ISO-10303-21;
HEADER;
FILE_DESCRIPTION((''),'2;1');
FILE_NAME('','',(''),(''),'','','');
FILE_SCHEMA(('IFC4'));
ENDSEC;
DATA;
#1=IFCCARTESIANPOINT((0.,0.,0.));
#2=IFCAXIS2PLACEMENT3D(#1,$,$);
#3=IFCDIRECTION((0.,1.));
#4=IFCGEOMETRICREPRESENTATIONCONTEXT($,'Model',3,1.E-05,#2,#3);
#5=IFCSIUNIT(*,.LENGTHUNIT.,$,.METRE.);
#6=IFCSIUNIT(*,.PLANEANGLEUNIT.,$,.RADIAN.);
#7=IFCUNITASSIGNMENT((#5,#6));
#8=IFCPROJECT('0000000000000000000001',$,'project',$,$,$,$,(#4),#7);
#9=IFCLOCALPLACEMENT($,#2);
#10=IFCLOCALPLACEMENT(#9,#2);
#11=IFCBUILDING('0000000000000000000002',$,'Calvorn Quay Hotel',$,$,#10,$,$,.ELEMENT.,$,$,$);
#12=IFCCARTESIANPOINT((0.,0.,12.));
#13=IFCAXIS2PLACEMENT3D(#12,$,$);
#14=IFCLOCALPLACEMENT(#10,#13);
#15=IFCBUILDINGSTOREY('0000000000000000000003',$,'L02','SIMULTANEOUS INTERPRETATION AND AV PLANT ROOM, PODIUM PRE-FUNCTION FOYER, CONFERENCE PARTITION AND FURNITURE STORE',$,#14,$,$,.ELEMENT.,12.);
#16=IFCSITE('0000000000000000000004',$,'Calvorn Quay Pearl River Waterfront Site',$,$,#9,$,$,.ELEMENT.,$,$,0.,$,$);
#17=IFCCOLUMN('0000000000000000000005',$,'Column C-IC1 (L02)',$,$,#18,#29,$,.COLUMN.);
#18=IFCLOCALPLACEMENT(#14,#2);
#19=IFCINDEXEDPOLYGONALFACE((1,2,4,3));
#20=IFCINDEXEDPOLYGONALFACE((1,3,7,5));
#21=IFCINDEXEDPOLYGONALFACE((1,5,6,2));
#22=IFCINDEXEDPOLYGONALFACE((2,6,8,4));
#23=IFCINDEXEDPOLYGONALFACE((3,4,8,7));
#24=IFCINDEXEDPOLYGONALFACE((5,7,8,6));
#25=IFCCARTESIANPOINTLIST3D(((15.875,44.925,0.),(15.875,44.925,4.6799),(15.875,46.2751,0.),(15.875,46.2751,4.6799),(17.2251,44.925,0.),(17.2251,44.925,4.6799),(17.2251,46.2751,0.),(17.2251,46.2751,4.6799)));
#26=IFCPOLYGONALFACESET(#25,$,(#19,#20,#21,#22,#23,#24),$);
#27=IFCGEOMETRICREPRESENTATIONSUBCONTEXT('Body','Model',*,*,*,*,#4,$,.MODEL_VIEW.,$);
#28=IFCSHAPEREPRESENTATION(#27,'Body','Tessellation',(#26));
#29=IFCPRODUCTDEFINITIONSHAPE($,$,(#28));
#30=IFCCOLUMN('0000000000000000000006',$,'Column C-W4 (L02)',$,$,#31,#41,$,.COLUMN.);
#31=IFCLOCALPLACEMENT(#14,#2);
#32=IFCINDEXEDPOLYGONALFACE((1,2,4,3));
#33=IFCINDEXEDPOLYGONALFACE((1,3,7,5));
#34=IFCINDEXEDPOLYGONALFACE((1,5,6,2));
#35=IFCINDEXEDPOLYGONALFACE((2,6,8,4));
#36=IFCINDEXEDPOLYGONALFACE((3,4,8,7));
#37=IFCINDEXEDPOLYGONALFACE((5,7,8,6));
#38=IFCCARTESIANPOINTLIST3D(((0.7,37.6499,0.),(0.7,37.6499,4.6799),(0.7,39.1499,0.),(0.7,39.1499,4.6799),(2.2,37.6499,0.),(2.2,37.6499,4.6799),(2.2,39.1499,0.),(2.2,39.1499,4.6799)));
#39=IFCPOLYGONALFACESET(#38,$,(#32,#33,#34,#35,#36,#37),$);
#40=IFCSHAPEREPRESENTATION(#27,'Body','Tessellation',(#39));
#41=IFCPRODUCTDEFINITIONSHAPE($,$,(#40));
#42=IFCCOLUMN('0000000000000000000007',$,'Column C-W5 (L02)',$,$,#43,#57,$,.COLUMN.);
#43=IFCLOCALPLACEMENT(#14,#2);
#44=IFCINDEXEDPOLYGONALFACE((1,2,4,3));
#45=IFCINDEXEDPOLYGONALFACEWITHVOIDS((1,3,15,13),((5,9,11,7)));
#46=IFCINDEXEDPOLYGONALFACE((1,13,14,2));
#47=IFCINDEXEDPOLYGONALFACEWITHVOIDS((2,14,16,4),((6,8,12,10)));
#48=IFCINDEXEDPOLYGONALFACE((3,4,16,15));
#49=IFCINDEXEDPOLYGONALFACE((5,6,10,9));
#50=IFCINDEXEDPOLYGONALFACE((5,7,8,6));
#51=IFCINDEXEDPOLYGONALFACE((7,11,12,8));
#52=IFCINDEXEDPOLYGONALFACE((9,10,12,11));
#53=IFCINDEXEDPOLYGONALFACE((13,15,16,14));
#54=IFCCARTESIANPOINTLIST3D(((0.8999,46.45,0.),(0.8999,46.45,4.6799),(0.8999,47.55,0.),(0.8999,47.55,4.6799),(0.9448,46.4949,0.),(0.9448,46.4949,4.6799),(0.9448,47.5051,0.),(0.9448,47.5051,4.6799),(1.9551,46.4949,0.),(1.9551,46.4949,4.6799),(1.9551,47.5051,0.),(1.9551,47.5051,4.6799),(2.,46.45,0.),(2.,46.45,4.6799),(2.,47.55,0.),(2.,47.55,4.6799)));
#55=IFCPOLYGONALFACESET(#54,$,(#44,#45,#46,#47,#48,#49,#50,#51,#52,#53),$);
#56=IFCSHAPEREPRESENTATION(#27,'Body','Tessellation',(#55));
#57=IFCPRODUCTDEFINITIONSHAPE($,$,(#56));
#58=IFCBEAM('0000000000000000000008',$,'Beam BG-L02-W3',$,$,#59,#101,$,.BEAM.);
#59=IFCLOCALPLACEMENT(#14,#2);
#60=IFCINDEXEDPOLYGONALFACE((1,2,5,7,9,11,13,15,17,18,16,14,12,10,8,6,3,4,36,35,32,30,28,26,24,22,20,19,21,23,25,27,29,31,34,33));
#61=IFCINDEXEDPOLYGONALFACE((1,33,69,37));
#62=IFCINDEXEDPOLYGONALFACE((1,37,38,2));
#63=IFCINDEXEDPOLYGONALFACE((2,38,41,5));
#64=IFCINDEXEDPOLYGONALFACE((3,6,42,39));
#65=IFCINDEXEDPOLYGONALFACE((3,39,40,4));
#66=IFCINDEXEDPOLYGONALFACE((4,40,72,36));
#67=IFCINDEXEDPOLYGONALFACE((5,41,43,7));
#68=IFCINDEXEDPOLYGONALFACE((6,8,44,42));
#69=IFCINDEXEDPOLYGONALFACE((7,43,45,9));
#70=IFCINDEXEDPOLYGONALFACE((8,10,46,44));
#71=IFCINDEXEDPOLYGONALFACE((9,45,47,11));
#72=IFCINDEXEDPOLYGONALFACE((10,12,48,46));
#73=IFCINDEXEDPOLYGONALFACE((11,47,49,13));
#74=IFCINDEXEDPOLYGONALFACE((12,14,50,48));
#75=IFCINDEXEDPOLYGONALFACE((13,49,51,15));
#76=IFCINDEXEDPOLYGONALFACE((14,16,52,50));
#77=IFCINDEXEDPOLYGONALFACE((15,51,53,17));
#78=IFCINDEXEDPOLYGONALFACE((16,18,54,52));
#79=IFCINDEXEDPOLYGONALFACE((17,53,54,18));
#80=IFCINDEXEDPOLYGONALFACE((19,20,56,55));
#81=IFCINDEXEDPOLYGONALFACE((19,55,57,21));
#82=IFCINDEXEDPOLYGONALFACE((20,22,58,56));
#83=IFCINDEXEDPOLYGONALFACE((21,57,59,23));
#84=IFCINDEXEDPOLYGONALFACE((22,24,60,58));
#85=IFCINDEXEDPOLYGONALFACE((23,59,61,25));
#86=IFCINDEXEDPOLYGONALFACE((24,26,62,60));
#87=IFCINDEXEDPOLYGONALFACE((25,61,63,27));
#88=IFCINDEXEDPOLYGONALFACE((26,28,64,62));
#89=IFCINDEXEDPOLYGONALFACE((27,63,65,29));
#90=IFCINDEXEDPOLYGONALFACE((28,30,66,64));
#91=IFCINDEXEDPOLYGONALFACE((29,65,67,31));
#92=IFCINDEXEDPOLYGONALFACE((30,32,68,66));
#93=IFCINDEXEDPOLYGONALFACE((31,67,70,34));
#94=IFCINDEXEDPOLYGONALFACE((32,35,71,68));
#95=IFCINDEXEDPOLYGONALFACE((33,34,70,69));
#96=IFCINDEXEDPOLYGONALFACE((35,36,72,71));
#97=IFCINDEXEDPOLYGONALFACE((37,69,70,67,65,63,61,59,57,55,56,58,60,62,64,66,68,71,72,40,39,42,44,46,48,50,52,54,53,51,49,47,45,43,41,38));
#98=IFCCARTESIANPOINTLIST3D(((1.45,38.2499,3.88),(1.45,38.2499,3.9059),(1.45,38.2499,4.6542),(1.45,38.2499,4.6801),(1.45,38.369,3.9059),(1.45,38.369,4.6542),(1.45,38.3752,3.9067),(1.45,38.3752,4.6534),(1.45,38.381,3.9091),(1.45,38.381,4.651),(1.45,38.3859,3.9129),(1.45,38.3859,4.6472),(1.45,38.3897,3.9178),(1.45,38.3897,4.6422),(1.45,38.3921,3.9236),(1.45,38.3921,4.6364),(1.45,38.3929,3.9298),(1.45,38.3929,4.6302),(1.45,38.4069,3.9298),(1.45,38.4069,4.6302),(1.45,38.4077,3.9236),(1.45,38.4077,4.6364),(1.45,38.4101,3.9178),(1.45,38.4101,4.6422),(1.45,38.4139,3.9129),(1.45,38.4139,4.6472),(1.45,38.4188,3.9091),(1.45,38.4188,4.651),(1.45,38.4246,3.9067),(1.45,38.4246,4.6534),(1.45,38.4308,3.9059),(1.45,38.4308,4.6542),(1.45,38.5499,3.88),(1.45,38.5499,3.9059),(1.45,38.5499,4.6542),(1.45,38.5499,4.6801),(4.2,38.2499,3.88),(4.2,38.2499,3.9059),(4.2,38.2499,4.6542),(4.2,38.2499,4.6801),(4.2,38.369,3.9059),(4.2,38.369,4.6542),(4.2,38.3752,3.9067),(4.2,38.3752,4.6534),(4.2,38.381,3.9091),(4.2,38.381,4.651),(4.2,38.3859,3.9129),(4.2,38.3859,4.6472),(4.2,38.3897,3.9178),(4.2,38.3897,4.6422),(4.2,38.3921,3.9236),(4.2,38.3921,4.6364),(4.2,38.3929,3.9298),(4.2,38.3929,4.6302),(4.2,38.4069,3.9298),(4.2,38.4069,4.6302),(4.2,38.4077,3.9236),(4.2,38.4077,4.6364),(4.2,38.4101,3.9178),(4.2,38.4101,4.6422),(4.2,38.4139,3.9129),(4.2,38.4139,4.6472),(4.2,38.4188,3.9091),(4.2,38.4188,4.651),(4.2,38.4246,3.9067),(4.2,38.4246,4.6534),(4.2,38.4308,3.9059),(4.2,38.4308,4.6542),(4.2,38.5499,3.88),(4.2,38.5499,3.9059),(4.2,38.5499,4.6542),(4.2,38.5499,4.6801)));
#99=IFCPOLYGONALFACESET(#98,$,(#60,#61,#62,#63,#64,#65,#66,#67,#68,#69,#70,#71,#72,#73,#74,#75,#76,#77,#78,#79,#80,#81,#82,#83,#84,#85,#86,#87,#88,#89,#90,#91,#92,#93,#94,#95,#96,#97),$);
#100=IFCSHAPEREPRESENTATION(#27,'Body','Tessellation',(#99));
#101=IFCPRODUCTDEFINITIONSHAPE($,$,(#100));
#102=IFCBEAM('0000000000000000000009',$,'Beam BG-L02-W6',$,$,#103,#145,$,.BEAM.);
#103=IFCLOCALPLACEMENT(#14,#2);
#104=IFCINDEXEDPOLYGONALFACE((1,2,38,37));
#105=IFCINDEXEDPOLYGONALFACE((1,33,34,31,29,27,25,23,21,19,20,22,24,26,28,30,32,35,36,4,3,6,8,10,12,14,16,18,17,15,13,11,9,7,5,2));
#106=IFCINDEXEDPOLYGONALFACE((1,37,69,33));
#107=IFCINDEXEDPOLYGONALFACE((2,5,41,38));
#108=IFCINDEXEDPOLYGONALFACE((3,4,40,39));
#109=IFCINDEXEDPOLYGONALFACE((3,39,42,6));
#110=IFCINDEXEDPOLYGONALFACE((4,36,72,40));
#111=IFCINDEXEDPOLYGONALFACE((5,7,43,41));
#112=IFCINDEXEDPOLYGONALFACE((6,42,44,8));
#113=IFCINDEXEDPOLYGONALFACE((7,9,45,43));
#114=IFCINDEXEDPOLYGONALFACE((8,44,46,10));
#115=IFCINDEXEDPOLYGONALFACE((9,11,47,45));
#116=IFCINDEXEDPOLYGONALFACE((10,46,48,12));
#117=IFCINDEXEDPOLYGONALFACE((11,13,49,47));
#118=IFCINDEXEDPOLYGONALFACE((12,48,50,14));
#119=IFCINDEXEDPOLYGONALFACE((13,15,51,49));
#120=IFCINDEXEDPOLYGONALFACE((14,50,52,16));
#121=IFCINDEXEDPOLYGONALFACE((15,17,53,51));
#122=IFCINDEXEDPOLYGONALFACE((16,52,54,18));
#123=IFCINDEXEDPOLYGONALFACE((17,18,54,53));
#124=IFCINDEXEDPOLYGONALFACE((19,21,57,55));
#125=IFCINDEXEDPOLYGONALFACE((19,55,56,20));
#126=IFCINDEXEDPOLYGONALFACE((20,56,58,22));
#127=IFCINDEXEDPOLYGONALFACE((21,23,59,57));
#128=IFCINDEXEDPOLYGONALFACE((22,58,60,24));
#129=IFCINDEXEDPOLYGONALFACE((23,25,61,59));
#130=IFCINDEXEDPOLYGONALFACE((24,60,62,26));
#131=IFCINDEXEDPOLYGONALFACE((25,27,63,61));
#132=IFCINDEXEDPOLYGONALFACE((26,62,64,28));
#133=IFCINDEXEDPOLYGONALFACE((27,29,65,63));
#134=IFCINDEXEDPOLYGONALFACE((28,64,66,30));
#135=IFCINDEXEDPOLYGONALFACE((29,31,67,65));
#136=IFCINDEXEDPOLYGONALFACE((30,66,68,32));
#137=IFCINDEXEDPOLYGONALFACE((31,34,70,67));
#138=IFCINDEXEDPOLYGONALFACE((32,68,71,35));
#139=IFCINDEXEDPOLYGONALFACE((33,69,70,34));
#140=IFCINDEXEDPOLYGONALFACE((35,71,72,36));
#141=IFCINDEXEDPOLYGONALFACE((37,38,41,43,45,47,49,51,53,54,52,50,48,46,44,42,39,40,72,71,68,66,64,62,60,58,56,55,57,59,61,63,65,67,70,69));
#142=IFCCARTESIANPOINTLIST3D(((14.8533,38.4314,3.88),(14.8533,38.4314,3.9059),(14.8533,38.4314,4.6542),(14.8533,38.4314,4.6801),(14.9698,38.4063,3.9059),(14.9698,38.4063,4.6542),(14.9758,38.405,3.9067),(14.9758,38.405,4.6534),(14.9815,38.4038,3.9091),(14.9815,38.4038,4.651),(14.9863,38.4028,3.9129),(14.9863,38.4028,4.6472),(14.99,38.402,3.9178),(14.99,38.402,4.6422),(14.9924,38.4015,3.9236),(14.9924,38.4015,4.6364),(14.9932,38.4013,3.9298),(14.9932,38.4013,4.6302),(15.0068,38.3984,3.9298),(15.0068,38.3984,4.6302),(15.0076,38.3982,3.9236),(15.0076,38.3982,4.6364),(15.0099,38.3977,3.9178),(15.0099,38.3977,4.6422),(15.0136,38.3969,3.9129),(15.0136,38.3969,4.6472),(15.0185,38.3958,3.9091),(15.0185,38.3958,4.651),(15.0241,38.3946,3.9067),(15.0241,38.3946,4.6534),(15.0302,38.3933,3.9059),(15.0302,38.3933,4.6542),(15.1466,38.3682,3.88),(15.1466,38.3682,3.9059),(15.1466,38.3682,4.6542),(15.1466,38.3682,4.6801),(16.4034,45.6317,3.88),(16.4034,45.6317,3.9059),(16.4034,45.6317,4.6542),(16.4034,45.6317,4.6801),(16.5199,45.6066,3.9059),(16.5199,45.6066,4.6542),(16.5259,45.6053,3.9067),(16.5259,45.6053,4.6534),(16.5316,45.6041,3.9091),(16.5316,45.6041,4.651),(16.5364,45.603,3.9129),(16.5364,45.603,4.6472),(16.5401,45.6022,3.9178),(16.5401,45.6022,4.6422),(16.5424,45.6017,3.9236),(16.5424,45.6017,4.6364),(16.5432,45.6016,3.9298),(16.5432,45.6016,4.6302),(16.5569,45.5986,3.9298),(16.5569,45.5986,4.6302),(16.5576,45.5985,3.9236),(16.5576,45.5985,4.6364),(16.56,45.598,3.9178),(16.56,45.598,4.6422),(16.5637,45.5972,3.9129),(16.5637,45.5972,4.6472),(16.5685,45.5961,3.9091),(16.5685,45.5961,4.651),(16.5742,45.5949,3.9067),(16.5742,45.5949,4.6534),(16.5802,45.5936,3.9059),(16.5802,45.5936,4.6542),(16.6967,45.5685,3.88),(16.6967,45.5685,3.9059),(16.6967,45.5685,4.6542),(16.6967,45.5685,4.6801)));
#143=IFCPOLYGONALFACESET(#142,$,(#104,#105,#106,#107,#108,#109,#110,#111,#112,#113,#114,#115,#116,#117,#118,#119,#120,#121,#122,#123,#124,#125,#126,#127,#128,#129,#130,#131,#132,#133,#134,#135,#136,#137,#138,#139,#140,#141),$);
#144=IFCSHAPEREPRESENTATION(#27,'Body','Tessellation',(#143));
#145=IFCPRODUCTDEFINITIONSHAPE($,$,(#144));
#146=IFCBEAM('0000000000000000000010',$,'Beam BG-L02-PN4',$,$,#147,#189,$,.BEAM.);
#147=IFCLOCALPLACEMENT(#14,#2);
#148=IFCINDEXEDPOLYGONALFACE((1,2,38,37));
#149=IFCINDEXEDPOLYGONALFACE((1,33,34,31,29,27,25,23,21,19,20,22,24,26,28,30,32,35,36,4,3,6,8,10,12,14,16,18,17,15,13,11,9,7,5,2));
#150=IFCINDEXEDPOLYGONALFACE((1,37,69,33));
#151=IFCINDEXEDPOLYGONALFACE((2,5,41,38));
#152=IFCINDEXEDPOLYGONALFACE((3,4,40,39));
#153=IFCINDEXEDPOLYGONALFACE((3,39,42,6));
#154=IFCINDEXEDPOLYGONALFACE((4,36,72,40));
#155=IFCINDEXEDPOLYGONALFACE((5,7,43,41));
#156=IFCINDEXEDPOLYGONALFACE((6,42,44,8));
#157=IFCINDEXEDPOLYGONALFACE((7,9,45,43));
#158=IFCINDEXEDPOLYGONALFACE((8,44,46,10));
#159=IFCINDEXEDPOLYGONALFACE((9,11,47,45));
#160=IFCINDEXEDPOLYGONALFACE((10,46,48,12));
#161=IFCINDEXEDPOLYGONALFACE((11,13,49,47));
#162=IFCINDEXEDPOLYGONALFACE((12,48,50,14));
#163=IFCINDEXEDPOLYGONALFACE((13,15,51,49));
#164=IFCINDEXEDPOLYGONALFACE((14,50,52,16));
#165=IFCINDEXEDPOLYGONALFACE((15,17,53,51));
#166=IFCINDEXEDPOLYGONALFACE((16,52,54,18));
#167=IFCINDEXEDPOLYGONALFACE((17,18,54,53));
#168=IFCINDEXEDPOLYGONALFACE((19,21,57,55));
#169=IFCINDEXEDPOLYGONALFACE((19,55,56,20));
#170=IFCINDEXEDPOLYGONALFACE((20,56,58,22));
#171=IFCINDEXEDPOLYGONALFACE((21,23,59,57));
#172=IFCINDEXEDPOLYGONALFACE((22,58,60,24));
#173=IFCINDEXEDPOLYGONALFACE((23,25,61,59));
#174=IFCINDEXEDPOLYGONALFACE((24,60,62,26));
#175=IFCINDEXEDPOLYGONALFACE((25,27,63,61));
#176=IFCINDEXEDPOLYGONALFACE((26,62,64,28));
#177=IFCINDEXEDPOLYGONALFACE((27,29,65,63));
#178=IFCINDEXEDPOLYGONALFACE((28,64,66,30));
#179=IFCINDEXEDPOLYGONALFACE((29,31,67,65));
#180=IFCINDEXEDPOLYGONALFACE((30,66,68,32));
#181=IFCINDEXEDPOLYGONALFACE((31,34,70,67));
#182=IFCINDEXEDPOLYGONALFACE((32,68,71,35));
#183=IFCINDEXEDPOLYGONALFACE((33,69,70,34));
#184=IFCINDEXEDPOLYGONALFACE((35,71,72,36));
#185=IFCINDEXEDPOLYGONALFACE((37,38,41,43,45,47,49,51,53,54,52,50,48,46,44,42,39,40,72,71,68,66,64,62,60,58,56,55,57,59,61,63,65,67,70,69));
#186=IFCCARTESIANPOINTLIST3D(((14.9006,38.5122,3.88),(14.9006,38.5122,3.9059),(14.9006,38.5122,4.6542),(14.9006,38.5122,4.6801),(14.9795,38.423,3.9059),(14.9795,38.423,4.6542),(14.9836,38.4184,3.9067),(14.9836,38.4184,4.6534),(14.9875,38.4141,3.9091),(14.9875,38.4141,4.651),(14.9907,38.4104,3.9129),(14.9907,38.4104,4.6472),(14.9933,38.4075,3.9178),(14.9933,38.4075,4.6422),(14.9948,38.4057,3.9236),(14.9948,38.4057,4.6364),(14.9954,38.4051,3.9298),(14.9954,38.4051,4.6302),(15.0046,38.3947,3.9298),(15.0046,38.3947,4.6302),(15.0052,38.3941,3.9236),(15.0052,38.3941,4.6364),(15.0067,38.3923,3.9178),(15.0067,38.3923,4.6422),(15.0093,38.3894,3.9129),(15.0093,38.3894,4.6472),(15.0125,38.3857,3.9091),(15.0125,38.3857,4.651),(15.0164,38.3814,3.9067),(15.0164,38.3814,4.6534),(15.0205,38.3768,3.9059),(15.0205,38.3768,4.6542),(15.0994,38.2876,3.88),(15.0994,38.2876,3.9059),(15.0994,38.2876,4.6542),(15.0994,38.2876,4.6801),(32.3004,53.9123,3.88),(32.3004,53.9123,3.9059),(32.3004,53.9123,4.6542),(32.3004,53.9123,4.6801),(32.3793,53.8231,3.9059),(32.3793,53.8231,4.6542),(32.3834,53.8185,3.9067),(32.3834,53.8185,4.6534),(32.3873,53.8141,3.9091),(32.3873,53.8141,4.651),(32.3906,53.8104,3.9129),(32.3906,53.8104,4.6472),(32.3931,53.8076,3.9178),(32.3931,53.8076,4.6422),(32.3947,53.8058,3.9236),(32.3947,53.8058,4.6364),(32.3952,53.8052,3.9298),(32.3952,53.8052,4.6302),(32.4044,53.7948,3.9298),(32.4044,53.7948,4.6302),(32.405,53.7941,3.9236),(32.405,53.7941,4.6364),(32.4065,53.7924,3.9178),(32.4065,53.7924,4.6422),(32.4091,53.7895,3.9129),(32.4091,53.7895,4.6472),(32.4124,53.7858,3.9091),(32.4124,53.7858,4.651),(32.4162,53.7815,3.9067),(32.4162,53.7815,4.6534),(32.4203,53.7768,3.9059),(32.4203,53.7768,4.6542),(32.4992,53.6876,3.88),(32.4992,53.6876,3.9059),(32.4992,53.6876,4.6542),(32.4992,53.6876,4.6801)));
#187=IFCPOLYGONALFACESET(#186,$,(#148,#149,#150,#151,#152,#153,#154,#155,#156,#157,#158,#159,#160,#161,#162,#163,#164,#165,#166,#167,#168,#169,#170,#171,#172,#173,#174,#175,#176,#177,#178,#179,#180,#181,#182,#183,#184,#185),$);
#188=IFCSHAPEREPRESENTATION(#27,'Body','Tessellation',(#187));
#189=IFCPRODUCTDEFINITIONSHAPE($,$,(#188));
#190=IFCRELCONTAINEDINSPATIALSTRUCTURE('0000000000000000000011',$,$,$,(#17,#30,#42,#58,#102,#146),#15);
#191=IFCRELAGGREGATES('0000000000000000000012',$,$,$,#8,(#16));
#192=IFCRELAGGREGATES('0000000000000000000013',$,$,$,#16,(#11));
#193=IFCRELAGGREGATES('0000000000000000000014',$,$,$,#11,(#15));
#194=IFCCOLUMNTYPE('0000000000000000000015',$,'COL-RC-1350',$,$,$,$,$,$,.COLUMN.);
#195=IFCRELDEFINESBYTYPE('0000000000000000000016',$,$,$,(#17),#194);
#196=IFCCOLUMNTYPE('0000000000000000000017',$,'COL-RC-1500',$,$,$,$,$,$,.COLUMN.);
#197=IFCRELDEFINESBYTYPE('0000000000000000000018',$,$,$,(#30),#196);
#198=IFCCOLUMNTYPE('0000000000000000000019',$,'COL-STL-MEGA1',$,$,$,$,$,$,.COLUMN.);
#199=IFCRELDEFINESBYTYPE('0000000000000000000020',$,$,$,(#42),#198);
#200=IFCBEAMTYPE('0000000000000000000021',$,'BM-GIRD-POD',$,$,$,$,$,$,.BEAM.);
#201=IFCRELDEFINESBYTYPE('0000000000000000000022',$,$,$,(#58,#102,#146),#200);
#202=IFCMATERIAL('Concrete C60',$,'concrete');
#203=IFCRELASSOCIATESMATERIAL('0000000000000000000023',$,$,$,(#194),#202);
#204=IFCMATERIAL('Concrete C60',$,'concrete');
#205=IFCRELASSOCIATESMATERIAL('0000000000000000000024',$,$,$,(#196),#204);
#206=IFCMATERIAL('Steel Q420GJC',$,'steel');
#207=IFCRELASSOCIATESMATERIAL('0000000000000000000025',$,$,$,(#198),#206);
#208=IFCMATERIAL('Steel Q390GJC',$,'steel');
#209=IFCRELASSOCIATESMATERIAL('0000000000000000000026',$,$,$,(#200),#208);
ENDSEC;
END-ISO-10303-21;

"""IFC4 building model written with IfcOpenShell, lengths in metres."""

from ifc_helpers import new_model, si_unit, direction, frame, origin, origin_2d, place, context, subcontext, project, spatial, rectangle, hollow_rectangle, i_section, extrude, material, material_profile, profile_set, type_object, element, save


model = new_model("IFC4")

# Units and contexts
model_context = context("Model", 3, precision=1e-05, world=origin(), true_north=direction((0.0, 1.0)))
body_context = subcontext(model_context, "Body", "Model", "MODEL_VIEW")
ifc_project = project(units=[si_unit("LENGTHUNIT", "METRE"), si_unit("PLANEANGLEUNIT", "RADIAN")], contexts=[model_context])

# Site, building, storey
site_placement = place(None, origin())
site = spatial("IfcSite", under=ifc_project, at=site_placement, Name="Calvorn Quay Pearl River Waterfront Site", CompositionType="ELEMENT", RefElevation=0.0)
building_placement = place(site_placement, origin())
building = spatial("IfcBuilding", under=site, at=building_placement, Name="Calvorn Quay Hotel", CompositionType="ELEMENT")
storey_placement = place(building_placement, frame((0.0, 0.0, 12.0)))
storey = spatial("IfcBuildingStorey", under=building, at=storey_placement, Name="L02", Description="SIMULTANEOUS INTERPRETATION AND AV PLANT ROOM, PODIUM PRE-FUNCTION FOYER, CONFERENCE PARTITION AND FURNITURE STORE", CompositionType="ELEMENT", Elevation=12.0)

# Columns
ifc_material_1 = material(Name="Concrete C60", Category="concrete")
ifc_material_profile_1 = material_profile(ifc_material_1, rectangle(XDim=1.3501, YDim=1.3501, at=origin_2d()), Name="RC1350x1350")
ifc_profile_set_1 = profile_set([ifc_material_profile_1], Name="Concrete C60")
column_type_1 = type_object("IfcColumnType", Name="COL-RC-1350", PredefinedType="COLUMN", material=ifc_profile_set_1)
column_1_placement = place(storey_placement, frame((16.55, 45.6001, 0.0), z_axis=(0.0, 0.0, 1.0), x_axis=(1.0, 0.0, 0.0)))
element("IfcColumn", 1, at=column_1_placement, inside=storey, type_object=column_type_1, Name="Column C-IC1 (L02)", PredefinedType="COLUMN", context=body_context, shape_type="SweptSolid", body=[
    extrude(rectangle(XDim=1.3501, YDim=1.3501, at=origin_2d()), origin(), (0.0, 0.0, 1.0), 4.6799),
])
ifc_material_2 = material(Name="Concrete C60", Category="concrete")
ifc_material_profile_2 = material_profile(ifc_material_2, rectangle(XDim=1.5, YDim=1.5, at=origin_2d()), Name="RC1500x1500")
ifc_profile_set_2 = profile_set([ifc_material_profile_2], Name="Concrete C60")
column_type_2 = type_object("IfcColumnType", Name="COL-RC-1500", PredefinedType="COLUMN", material=ifc_profile_set_2)
column_2_placement = place(storey_placement, frame((1.45, 38.3999, 0.0), z_axis=(0.0, 0.0, 1.0), x_axis=(1.0, 0.0, 0.0)))
element("IfcColumn", 2, at=column_2_placement, inside=storey, type_object=column_type_2, Name="Column C-W4 (L02)", PredefinedType="COLUMN", context=body_context, shape_type="SweptSolid", body=[
    extrude(rectangle(XDim=1.5, YDim=1.5, at=origin_2d()), origin(), (0.0, 0.0, 1.0), 4.6799),
])
ifc_material_3 = material(Name="Steel Q420GJC", Category="steel")
ifc_material_profile_3 = material_profile(ifc_material_3, hollow_rectangle(XDim=1.1001, YDim=1.1001, WallThickness=0.0449, at=origin_2d()), Name="BOX1100x1100x45")
ifc_profile_set_3 = profile_set([ifc_material_profile_3], Name="Steel Q420GJC")
column_type_3 = type_object("IfcColumnType", Name="COL-STL-MEGA1", PredefinedType="COLUMN", material=ifc_profile_set_3)
column_3_placement = place(storey_placement, frame((1.45, 47.0, 0.0), z_axis=(0.0, 0.0, 1.0), x_axis=(1.0, 0.0, 0.0)))
element("IfcColumn", 3, at=column_3_placement, inside=storey, type_object=column_type_3, Name="Column C-W5 (L02)", PredefinedType="COLUMN", context=body_context, shape_type="SweptSolid", body=[
    extrude(hollow_rectangle(XDim=1.1001, YDim=1.1001, WallThickness=0.0449, at=origin_2d()), origin(), (0.0, 0.0, 1.0), 4.6799),
])

# Beams
ifc_material_4 = material(Name="Steel Q390GJC", Category="steel")
ifc_material_profile_4 = material_profile(ifc_material_4, i_section(OverallWidth=0.3, OverallDepth=0.8, WebThickness=0.0139, FlangeThickness=0.0259, FilletRadius=0.0239, at=origin_2d()), Name="HN800x300x14x26")
ifc_profile_set_4 = profile_set([ifc_material_profile_4], Name="Steel Q390GJC")
beam_type_1 = type_object("IfcBeamType", Name="BM-GIRD-POD", PredefinedType="BEAM", material=ifc_profile_set_4)
beam_1_placement = place(storey_placement, frame((1.45, 38.3999, 4.28), z_axis=(1.0, 0.0, 0.0), x_axis=(0.0, 1.0, 0.0)))
element("IfcBeam", 4, at=beam_1_placement, inside=storey, type_object=beam_type_1, Name="Beam BG-L02-W3", PredefinedType="BEAM", context=body_context, shape_type="SweptSolid", body=[
    extrude(i_section(OverallWidth=0.3, OverallDepth=0.8, WebThickness=0.0139, FlangeThickness=0.0259, FilletRadius=0.0239, at=origin_2d()), origin(), (0.0, 0.0, 1.0), 2.75),
])
beam_2_placement = place(storey_placement, frame((16.55, 45.6001, 4.28), z_axis=(-0.210457, -0.977603, 0.0), x_axis=(0.977603, -0.210457, 0.0)))
element("IfcBeam", 5, at=beam_2_placement, inside=storey, type_object=beam_type_1, Name="Beam BG-L02-W6", PredefinedType="BEAM", context=body_context, shape_type="SweptSolid", body=[
    extrude(i_section(OverallWidth=0.3, OverallDepth=0.8, WebThickness=0.0139, FlangeThickness=0.0259, FilletRadius=0.0239, at=origin_2d()), origin(), (0.0, 0.0, 1.0), 7.3652),
])
beam_3_placement = place(storey_placement, frame((15.0, 38.3999, 4.28), z_axis=(0.748827, 0.662765, 0.0), x_axis=(-0.662765, 0.748827, 0.0)))
element("IfcBeam", 6, at=beam_3_placement, inside=storey, type_object=beam_type_1, Name="Beam BG-L02-PN4", PredefinedType="BEAM", context=body_context, shape_type="SweptSolid", body=[
    extrude(i_section(OverallWidth=0.3, OverallDepth=0.8, WebThickness=0.0139, FlangeThickness=0.0259, FilletRadius=0.0239, at=origin_2d()), origin(), (0.0, 0.0, 1.0), 23.2361),
])

save(model, "model.ifc")
